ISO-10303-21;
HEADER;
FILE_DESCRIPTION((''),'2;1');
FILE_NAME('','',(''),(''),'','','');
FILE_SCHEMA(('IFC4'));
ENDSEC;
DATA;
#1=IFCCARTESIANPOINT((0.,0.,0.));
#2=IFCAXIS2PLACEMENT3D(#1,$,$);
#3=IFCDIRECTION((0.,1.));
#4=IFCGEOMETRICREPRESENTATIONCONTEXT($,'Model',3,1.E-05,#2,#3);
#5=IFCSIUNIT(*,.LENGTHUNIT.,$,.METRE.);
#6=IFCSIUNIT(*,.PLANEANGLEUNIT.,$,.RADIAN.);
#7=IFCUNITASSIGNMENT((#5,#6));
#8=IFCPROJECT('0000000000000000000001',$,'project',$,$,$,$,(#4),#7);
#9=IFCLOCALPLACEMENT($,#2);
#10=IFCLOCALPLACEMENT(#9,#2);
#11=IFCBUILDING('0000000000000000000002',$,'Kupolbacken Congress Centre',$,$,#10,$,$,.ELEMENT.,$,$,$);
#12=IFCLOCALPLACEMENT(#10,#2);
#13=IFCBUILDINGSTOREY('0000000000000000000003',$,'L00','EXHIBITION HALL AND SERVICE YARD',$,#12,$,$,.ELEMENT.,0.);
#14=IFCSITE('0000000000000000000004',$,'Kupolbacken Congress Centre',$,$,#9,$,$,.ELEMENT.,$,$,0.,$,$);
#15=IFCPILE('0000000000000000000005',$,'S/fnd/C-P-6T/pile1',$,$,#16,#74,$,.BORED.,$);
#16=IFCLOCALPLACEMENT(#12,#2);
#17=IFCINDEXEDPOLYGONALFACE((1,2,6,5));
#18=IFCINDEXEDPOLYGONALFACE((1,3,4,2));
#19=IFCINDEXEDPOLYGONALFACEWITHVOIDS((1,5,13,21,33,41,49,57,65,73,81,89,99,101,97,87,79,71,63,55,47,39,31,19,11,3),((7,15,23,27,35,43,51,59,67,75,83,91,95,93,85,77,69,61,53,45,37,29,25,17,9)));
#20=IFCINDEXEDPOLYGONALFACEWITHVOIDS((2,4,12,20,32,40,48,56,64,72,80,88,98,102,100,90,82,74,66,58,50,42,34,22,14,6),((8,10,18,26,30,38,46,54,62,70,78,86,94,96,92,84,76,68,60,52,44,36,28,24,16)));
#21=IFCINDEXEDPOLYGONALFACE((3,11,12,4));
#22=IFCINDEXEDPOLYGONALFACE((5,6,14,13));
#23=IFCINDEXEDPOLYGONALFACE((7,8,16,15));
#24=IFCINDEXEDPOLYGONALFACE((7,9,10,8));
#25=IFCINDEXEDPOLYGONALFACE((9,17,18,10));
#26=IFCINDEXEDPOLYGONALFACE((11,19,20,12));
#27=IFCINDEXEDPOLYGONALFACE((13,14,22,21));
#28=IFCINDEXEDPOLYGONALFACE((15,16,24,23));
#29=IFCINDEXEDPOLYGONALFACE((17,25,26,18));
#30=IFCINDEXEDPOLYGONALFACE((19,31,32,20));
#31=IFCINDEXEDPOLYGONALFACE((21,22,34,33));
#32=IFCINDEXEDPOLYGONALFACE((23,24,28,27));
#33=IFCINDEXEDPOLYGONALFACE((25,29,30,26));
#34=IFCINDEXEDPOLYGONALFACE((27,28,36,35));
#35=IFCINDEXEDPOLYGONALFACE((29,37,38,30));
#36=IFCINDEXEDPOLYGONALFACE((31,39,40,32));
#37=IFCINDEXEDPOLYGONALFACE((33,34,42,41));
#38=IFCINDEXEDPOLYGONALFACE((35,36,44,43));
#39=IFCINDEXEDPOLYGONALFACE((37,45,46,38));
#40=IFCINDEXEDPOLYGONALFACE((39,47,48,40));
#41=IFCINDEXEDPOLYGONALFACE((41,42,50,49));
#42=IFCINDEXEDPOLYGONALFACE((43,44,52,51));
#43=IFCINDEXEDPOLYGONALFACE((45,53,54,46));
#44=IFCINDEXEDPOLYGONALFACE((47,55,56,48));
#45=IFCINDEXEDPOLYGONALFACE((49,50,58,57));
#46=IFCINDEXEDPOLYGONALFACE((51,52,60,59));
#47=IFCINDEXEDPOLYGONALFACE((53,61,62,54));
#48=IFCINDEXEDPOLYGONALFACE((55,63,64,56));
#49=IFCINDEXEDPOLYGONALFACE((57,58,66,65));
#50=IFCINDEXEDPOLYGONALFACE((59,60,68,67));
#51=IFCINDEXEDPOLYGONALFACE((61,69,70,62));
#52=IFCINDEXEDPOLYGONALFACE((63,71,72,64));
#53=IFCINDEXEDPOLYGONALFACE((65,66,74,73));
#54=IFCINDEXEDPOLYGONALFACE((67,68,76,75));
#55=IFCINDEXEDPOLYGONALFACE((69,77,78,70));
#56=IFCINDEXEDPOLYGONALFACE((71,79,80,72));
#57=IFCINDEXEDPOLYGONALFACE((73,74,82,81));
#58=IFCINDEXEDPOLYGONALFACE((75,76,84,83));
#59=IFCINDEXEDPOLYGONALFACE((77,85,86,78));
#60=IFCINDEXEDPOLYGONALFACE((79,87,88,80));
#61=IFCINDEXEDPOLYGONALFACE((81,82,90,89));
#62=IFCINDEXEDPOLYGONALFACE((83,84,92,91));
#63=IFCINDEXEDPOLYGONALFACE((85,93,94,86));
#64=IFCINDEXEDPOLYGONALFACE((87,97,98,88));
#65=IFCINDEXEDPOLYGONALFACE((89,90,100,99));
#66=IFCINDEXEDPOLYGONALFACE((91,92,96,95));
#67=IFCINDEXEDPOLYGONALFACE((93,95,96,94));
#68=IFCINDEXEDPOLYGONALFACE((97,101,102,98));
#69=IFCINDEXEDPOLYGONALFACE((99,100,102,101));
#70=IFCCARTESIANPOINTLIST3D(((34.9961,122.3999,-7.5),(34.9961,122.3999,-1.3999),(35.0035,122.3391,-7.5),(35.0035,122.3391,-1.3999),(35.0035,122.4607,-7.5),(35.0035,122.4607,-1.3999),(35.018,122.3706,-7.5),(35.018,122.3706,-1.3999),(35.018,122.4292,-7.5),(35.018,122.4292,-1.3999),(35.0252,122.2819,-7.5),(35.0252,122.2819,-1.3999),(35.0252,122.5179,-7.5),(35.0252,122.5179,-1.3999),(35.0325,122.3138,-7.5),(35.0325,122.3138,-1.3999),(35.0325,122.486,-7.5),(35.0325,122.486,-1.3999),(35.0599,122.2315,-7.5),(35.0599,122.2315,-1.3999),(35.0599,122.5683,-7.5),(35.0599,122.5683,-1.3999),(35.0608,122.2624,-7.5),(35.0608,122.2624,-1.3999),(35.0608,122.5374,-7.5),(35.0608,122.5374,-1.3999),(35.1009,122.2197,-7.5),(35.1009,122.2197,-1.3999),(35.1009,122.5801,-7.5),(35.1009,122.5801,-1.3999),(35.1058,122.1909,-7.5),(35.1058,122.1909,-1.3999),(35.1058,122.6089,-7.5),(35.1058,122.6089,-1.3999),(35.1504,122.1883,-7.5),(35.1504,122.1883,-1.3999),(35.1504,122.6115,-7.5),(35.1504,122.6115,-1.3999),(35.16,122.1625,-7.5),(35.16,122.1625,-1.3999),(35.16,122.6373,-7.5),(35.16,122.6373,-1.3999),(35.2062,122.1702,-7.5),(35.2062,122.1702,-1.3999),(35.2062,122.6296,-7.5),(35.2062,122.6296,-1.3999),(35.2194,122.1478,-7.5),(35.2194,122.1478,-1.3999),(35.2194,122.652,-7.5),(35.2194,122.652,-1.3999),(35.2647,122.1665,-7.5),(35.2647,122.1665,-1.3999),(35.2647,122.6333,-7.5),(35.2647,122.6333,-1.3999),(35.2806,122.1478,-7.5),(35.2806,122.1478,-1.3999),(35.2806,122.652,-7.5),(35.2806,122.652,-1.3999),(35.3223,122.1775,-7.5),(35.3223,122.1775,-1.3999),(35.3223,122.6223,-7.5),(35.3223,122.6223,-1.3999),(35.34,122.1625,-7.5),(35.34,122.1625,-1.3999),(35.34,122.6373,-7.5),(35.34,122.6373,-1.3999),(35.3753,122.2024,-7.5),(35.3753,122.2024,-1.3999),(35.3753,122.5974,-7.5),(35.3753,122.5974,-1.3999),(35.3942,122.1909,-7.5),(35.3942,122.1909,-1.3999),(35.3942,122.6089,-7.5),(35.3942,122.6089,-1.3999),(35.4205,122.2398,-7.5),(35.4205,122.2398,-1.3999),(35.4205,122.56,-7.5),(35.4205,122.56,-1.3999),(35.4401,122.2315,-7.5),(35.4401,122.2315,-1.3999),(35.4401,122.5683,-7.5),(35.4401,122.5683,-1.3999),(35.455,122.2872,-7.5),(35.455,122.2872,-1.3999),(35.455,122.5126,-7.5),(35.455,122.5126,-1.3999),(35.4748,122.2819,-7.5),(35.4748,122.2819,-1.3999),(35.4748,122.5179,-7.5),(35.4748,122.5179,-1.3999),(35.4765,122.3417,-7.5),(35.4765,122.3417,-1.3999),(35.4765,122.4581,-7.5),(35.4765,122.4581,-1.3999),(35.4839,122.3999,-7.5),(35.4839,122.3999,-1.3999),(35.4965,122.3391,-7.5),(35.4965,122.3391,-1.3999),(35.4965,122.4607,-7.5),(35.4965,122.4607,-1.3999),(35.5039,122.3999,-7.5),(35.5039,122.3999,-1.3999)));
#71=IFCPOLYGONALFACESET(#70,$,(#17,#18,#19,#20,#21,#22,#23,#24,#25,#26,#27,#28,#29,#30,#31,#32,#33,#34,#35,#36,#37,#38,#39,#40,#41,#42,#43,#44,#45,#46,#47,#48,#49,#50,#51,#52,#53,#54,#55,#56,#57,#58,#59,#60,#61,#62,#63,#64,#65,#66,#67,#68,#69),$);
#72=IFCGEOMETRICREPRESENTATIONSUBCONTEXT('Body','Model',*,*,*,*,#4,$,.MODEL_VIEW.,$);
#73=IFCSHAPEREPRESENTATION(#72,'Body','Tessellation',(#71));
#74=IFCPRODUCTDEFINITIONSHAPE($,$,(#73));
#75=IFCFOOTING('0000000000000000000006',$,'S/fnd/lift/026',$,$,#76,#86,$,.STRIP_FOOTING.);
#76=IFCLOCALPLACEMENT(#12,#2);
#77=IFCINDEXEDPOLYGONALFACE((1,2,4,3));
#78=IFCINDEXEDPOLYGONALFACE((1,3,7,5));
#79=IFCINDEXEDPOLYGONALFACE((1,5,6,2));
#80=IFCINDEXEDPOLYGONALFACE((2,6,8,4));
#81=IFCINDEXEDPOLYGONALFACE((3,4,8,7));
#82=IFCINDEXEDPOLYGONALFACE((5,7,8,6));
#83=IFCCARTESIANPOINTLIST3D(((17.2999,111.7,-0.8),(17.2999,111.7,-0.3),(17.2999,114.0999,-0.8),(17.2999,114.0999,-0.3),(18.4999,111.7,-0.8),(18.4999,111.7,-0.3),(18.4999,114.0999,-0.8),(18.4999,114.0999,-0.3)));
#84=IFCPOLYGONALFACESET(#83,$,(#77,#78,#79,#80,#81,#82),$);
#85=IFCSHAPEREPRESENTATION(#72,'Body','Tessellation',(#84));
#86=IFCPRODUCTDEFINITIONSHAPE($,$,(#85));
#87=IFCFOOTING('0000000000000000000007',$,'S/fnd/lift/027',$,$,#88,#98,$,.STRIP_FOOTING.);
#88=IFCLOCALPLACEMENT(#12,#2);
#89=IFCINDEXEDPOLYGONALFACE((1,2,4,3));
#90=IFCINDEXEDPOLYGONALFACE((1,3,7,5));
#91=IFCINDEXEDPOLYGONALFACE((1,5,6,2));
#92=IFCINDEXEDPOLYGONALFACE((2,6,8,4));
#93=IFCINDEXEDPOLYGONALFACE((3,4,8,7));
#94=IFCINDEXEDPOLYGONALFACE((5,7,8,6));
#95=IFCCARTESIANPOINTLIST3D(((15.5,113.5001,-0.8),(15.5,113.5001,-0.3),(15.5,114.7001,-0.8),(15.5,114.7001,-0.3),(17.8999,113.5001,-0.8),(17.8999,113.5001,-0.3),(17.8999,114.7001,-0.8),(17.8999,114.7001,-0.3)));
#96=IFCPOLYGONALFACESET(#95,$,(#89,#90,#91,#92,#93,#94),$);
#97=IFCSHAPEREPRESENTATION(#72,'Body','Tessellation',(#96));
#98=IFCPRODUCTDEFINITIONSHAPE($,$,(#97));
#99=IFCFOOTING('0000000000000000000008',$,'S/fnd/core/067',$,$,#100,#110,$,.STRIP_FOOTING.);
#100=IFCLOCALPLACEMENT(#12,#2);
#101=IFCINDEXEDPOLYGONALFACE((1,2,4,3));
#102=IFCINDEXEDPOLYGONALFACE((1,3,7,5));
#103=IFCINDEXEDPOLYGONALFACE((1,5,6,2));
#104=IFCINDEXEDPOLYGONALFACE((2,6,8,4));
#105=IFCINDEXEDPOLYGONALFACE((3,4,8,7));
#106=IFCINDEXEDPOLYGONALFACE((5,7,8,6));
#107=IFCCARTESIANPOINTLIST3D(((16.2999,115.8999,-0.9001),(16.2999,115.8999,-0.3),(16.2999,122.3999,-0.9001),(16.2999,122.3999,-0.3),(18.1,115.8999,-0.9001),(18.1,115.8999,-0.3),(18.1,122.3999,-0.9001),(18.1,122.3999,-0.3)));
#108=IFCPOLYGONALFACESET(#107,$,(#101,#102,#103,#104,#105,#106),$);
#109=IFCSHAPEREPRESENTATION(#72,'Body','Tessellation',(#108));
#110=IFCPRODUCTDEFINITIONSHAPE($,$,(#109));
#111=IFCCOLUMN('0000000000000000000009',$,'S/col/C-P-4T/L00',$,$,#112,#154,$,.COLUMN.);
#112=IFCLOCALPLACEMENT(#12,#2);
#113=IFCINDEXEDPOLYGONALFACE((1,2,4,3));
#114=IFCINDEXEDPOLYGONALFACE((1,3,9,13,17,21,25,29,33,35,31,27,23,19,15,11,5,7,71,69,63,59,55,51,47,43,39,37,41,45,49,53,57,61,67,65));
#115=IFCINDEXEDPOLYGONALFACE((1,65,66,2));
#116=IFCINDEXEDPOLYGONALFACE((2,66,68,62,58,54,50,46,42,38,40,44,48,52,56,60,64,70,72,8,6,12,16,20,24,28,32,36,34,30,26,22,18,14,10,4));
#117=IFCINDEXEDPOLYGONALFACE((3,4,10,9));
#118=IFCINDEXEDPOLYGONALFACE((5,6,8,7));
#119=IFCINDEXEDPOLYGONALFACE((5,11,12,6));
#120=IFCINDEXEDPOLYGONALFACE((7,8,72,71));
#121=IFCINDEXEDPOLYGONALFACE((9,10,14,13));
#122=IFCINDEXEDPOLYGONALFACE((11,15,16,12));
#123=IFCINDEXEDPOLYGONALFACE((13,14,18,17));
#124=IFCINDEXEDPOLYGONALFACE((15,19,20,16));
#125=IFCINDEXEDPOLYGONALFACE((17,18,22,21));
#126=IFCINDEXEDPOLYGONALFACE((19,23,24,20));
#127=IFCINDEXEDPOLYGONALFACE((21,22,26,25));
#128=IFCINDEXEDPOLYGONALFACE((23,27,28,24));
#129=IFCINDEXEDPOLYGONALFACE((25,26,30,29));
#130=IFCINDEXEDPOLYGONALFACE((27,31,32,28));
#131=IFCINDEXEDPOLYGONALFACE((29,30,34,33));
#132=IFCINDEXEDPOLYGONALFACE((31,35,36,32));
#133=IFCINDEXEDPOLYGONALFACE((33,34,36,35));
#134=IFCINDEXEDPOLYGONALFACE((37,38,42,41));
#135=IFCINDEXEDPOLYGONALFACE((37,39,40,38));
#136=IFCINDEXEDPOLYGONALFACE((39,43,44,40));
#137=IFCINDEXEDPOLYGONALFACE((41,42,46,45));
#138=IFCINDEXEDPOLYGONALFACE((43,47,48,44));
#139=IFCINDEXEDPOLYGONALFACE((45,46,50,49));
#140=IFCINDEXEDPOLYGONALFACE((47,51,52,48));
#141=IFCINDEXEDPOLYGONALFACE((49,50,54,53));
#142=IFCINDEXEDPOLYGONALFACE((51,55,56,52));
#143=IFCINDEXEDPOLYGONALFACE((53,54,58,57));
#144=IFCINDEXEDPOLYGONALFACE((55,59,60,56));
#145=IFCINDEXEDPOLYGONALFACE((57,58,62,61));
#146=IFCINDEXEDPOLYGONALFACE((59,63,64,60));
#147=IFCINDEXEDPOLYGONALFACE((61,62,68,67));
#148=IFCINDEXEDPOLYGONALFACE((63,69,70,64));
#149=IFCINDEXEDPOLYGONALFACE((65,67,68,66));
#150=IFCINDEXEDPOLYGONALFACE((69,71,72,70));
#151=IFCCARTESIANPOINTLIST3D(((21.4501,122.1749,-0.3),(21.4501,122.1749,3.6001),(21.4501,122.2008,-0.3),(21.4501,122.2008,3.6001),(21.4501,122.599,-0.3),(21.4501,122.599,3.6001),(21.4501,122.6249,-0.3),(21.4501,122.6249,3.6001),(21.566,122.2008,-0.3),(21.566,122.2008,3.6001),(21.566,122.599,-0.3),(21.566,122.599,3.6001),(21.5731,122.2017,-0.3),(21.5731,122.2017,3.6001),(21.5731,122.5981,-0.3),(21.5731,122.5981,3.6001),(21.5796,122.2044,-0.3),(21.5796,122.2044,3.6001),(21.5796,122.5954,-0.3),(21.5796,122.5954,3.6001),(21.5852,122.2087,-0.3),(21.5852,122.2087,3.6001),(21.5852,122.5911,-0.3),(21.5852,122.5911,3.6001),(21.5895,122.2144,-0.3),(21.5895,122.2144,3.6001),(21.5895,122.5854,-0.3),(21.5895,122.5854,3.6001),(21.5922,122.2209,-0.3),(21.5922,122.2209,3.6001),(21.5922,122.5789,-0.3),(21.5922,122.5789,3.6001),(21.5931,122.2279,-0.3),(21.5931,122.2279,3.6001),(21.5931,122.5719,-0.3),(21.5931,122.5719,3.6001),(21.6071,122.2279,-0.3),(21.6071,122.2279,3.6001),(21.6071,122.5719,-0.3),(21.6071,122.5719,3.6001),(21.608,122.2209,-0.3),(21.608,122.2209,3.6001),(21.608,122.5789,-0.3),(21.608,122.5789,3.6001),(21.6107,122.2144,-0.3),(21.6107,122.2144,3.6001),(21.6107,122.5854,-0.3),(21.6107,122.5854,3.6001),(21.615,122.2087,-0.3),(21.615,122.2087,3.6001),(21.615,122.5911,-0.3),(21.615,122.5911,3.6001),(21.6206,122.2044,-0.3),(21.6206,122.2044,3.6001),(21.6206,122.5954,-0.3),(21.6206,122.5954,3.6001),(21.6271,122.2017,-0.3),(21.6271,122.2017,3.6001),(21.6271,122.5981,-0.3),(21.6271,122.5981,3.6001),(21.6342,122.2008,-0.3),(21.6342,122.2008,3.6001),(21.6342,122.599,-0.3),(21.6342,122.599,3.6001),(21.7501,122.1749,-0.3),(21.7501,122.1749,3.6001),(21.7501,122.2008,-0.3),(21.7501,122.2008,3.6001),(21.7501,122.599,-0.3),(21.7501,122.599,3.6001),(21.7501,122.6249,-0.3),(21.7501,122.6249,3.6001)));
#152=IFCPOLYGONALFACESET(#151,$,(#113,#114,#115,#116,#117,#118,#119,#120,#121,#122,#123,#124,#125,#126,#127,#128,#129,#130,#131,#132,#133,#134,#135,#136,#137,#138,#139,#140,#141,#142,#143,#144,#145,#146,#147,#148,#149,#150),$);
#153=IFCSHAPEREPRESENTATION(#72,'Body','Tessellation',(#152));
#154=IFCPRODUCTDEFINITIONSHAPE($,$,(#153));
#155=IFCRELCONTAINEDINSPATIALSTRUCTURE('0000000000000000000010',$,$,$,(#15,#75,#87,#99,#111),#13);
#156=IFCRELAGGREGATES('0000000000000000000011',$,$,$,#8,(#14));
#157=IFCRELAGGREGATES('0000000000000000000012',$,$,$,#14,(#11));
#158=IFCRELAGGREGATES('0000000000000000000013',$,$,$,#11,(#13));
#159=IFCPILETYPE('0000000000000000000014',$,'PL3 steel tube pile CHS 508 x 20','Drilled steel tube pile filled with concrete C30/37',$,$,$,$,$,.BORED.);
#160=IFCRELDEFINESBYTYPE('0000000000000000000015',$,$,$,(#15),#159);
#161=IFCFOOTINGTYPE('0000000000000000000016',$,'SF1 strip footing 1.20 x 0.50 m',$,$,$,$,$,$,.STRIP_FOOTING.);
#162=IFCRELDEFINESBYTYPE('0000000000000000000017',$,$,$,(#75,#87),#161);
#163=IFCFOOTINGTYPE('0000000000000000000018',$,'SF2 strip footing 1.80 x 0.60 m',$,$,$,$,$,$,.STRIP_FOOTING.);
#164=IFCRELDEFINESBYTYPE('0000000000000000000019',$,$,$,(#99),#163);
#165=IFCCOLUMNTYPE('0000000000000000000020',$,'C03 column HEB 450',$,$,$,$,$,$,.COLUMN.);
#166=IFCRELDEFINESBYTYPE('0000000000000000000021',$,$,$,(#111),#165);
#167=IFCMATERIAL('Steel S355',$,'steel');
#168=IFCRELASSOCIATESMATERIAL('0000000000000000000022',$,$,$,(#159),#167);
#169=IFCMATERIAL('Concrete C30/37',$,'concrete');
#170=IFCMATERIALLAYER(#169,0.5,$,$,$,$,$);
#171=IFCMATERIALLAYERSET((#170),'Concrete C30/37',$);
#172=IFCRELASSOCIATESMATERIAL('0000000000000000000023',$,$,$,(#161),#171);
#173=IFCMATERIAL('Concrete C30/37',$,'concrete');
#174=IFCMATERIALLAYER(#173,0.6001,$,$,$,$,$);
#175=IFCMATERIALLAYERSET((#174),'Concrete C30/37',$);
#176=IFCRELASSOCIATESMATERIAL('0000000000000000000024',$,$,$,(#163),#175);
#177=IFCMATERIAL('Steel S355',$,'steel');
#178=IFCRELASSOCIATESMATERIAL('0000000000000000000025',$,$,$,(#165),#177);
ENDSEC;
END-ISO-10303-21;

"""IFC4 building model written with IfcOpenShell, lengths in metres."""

from ifc_helpers import new_model, si_unit, direction, frame, origin, origin_2d, place, context, subcontext, project, spatial, rectangle, hollow_circle, i_section, extrude, material, layer, layer_set, material_profile, profile_set, type_object, element, save


model = new_model("IFC4")

# Units and contexts
model_context = context("Model", 3, precision=1e-05, world=origin(), true_north=direction((0.0, 1.0)))
body_context = subcontext(model_context, "Body", "Model", "MODEL_VIEW")
ifc_project = project(units=[si_unit("LENGTHUNIT", "METRE"), si_unit("PLANEANGLEUNIT", "RADIAN")], contexts=[model_context])

# Site, building, storey
site_placement = place(None, origin())
site = spatial("IfcSite", under=ifc_project, at=site_placement, Name="Kupolbacken Congress Centre", CompositionType="ELEMENT", RefElevation=0.0)
building_placement = place(site_placement, origin())
building = spatial("IfcBuilding", under=site, at=building_placement, Name="Kupolbacken Congress Centre", CompositionType="ELEMENT")
storey_placement = place(building_placement, origin())
storey = spatial("IfcBuildingStorey", under=building, at=storey_placement, Name="L00", Description="EXHIBITION HALL AND SERVICE YARD", CompositionType="ELEMENT", Elevation=0.0)

# Pile
ifc_material_1 = material(Name="Steel S355", Category="steel")
ifc_material_profile_1 = material_profile(ifc_material_1, hollow_circle(Radius=0.2539, WallThickness=0.02, at=origin_2d()), Name="CHS 508 x 20")
ifc_profile_set_1 = profile_set([ifc_material_profile_1], Name="Steel S355")
pile_type = type_object("IfcPileType", Name="PL3 steel tube pile CHS 508 x 20", Description="Drilled steel tube pile filled with concrete C30/37", PredefinedType="BORED", material=ifc_profile_set_1)
for number, where, z_axis, x_axis, name in (
    (1, (35.25, 122.3999, -1.3999), (0.0, 0.0, -1.0), (1.0, 0.0, 0.0), "S/fnd/C-P-6T/pile1"),
):
    element("IfcPile", number, at=place(storey_placement, frame(where, z_axis=z_axis, x_axis=x_axis)), inside=storey, type_object=pile_type, Name=name, PredefinedType="BORED", context=body_context, shape_type="SweptSolid", body=[
        extrude(hollow_circle(Radius=0.2539, WallThickness=0.02, at=origin_2d()), origin(), (0.0, 0.0, 1.0), 6.1001),
    ])

# Footings
ifc_material_2 = material(Name="Concrete C30/37", Category="concrete")
ifc_layer_1 = layer(ifc_material_2, 0.5)
ifc_layer_set_1 = layer_set([ifc_layer_1], Name="Concrete C30/37")
footing_type_1 = type_object("IfcFootingType", Name="SF1 strip footing 1.20 x 0.50 m", PredefinedType="STRIP_FOOTING", material=ifc_layer_set_1)
for number, where, z_axis, x_axis, name in (
    (2, (17.8999, 112.8999, -0.8), (0.0, 0.0, 1.0), (0.0, 1.0, 0.0), "S/fnd/lift/026"),
    (3, (16.7, 114.1001, -0.8), (0.0, 0.0, 1.0), (1.0, 0.0, 0.0), "S/fnd/lift/027"),
):
    element("IfcFooting", number, at=place(storey_placement, frame(where, z_axis=z_axis, x_axis=x_axis)), inside=storey, type_object=footing_type_1, Name=name, PredefinedType="STRIP_FOOTING", context=body_context, shape_type="SweptSolid", body=[
        extrude(rectangle(XDim=2.3999, YDim=1.2, at=origin_2d()), origin(), (0.0, 0.0, 1.0), 0.5),
    ])
ifc_material_3 = material(Name="Concrete C30/37", Category="concrete")
ifc_layer_2 = layer(ifc_material_3, 0.6001)
ifc_layer_set_2 = layer_set([ifc_layer_2], Name="Concrete C30/37")
footing_type_2 = type_object("IfcFootingType", Name="SF2 strip footing 1.80 x 0.60 m", PredefinedType="STRIP_FOOTING", material=ifc_layer_set_2)
footing_1_placement = place(storey_placement, frame((17.2, 119.1499, -0.9001), z_axis=(0.0, 0.0, 1.0), x_axis=(0.0, 1.0, 0.0)))
element("IfcFooting", 4, at=footing_1_placement, inside=storey, type_object=footing_type_2, Name="S/fnd/core/067", PredefinedType="STRIP_FOOTING", context=body_context, shape_type="SweptSolid", body=[
    extrude(rectangle(XDim=6.5, YDim=1.8, at=origin_2d()), origin(), (0.0, 0.0, 1.0), 0.6001),
])

# Column
ifc_material_4 = material(Name="Steel S355", Category="steel")
ifc_material_profile_2 = material_profile(ifc_material_4, i_section(OverallWidth=0.3, OverallDepth=0.45, WebThickness=0.0139, FlangeThickness=0.0259, FilletRadius=0.0271, at=origin_2d()), Name="HEB 450")
ifc_profile_set_2 = profile_set([ifc_material_profile_2], Name="Steel S355")
column_type_1 = type_object("IfcColumnType", Name="C03 column HEB 450", PredefinedType="COLUMN", material=ifc_profile_set_2)
column_placement = place(storey_placement, frame((21.6001, 122.3999, -0.3), z_axis=(0.0, 0.0, 1.0), x_axis=(1.0, 0.0, 0.0)))
element("IfcColumn", 5, at=column_placement, inside=storey, type_object=column_type_1, Name="S/col/C-P-4T/L00", PredefinedType="COLUMN", context=body_context, shape_type="SweptSolid", body=[
    extrude(i_section(OverallWidth=0.3, OverallDepth=0.45, WebThickness=0.0139, FlangeThickness=0.0259, FilletRadius=0.0271, at=origin_2d()), origin(), (0.0, 0.0, 1.0), 3.9001),
])

save(model, "model.ifc")
